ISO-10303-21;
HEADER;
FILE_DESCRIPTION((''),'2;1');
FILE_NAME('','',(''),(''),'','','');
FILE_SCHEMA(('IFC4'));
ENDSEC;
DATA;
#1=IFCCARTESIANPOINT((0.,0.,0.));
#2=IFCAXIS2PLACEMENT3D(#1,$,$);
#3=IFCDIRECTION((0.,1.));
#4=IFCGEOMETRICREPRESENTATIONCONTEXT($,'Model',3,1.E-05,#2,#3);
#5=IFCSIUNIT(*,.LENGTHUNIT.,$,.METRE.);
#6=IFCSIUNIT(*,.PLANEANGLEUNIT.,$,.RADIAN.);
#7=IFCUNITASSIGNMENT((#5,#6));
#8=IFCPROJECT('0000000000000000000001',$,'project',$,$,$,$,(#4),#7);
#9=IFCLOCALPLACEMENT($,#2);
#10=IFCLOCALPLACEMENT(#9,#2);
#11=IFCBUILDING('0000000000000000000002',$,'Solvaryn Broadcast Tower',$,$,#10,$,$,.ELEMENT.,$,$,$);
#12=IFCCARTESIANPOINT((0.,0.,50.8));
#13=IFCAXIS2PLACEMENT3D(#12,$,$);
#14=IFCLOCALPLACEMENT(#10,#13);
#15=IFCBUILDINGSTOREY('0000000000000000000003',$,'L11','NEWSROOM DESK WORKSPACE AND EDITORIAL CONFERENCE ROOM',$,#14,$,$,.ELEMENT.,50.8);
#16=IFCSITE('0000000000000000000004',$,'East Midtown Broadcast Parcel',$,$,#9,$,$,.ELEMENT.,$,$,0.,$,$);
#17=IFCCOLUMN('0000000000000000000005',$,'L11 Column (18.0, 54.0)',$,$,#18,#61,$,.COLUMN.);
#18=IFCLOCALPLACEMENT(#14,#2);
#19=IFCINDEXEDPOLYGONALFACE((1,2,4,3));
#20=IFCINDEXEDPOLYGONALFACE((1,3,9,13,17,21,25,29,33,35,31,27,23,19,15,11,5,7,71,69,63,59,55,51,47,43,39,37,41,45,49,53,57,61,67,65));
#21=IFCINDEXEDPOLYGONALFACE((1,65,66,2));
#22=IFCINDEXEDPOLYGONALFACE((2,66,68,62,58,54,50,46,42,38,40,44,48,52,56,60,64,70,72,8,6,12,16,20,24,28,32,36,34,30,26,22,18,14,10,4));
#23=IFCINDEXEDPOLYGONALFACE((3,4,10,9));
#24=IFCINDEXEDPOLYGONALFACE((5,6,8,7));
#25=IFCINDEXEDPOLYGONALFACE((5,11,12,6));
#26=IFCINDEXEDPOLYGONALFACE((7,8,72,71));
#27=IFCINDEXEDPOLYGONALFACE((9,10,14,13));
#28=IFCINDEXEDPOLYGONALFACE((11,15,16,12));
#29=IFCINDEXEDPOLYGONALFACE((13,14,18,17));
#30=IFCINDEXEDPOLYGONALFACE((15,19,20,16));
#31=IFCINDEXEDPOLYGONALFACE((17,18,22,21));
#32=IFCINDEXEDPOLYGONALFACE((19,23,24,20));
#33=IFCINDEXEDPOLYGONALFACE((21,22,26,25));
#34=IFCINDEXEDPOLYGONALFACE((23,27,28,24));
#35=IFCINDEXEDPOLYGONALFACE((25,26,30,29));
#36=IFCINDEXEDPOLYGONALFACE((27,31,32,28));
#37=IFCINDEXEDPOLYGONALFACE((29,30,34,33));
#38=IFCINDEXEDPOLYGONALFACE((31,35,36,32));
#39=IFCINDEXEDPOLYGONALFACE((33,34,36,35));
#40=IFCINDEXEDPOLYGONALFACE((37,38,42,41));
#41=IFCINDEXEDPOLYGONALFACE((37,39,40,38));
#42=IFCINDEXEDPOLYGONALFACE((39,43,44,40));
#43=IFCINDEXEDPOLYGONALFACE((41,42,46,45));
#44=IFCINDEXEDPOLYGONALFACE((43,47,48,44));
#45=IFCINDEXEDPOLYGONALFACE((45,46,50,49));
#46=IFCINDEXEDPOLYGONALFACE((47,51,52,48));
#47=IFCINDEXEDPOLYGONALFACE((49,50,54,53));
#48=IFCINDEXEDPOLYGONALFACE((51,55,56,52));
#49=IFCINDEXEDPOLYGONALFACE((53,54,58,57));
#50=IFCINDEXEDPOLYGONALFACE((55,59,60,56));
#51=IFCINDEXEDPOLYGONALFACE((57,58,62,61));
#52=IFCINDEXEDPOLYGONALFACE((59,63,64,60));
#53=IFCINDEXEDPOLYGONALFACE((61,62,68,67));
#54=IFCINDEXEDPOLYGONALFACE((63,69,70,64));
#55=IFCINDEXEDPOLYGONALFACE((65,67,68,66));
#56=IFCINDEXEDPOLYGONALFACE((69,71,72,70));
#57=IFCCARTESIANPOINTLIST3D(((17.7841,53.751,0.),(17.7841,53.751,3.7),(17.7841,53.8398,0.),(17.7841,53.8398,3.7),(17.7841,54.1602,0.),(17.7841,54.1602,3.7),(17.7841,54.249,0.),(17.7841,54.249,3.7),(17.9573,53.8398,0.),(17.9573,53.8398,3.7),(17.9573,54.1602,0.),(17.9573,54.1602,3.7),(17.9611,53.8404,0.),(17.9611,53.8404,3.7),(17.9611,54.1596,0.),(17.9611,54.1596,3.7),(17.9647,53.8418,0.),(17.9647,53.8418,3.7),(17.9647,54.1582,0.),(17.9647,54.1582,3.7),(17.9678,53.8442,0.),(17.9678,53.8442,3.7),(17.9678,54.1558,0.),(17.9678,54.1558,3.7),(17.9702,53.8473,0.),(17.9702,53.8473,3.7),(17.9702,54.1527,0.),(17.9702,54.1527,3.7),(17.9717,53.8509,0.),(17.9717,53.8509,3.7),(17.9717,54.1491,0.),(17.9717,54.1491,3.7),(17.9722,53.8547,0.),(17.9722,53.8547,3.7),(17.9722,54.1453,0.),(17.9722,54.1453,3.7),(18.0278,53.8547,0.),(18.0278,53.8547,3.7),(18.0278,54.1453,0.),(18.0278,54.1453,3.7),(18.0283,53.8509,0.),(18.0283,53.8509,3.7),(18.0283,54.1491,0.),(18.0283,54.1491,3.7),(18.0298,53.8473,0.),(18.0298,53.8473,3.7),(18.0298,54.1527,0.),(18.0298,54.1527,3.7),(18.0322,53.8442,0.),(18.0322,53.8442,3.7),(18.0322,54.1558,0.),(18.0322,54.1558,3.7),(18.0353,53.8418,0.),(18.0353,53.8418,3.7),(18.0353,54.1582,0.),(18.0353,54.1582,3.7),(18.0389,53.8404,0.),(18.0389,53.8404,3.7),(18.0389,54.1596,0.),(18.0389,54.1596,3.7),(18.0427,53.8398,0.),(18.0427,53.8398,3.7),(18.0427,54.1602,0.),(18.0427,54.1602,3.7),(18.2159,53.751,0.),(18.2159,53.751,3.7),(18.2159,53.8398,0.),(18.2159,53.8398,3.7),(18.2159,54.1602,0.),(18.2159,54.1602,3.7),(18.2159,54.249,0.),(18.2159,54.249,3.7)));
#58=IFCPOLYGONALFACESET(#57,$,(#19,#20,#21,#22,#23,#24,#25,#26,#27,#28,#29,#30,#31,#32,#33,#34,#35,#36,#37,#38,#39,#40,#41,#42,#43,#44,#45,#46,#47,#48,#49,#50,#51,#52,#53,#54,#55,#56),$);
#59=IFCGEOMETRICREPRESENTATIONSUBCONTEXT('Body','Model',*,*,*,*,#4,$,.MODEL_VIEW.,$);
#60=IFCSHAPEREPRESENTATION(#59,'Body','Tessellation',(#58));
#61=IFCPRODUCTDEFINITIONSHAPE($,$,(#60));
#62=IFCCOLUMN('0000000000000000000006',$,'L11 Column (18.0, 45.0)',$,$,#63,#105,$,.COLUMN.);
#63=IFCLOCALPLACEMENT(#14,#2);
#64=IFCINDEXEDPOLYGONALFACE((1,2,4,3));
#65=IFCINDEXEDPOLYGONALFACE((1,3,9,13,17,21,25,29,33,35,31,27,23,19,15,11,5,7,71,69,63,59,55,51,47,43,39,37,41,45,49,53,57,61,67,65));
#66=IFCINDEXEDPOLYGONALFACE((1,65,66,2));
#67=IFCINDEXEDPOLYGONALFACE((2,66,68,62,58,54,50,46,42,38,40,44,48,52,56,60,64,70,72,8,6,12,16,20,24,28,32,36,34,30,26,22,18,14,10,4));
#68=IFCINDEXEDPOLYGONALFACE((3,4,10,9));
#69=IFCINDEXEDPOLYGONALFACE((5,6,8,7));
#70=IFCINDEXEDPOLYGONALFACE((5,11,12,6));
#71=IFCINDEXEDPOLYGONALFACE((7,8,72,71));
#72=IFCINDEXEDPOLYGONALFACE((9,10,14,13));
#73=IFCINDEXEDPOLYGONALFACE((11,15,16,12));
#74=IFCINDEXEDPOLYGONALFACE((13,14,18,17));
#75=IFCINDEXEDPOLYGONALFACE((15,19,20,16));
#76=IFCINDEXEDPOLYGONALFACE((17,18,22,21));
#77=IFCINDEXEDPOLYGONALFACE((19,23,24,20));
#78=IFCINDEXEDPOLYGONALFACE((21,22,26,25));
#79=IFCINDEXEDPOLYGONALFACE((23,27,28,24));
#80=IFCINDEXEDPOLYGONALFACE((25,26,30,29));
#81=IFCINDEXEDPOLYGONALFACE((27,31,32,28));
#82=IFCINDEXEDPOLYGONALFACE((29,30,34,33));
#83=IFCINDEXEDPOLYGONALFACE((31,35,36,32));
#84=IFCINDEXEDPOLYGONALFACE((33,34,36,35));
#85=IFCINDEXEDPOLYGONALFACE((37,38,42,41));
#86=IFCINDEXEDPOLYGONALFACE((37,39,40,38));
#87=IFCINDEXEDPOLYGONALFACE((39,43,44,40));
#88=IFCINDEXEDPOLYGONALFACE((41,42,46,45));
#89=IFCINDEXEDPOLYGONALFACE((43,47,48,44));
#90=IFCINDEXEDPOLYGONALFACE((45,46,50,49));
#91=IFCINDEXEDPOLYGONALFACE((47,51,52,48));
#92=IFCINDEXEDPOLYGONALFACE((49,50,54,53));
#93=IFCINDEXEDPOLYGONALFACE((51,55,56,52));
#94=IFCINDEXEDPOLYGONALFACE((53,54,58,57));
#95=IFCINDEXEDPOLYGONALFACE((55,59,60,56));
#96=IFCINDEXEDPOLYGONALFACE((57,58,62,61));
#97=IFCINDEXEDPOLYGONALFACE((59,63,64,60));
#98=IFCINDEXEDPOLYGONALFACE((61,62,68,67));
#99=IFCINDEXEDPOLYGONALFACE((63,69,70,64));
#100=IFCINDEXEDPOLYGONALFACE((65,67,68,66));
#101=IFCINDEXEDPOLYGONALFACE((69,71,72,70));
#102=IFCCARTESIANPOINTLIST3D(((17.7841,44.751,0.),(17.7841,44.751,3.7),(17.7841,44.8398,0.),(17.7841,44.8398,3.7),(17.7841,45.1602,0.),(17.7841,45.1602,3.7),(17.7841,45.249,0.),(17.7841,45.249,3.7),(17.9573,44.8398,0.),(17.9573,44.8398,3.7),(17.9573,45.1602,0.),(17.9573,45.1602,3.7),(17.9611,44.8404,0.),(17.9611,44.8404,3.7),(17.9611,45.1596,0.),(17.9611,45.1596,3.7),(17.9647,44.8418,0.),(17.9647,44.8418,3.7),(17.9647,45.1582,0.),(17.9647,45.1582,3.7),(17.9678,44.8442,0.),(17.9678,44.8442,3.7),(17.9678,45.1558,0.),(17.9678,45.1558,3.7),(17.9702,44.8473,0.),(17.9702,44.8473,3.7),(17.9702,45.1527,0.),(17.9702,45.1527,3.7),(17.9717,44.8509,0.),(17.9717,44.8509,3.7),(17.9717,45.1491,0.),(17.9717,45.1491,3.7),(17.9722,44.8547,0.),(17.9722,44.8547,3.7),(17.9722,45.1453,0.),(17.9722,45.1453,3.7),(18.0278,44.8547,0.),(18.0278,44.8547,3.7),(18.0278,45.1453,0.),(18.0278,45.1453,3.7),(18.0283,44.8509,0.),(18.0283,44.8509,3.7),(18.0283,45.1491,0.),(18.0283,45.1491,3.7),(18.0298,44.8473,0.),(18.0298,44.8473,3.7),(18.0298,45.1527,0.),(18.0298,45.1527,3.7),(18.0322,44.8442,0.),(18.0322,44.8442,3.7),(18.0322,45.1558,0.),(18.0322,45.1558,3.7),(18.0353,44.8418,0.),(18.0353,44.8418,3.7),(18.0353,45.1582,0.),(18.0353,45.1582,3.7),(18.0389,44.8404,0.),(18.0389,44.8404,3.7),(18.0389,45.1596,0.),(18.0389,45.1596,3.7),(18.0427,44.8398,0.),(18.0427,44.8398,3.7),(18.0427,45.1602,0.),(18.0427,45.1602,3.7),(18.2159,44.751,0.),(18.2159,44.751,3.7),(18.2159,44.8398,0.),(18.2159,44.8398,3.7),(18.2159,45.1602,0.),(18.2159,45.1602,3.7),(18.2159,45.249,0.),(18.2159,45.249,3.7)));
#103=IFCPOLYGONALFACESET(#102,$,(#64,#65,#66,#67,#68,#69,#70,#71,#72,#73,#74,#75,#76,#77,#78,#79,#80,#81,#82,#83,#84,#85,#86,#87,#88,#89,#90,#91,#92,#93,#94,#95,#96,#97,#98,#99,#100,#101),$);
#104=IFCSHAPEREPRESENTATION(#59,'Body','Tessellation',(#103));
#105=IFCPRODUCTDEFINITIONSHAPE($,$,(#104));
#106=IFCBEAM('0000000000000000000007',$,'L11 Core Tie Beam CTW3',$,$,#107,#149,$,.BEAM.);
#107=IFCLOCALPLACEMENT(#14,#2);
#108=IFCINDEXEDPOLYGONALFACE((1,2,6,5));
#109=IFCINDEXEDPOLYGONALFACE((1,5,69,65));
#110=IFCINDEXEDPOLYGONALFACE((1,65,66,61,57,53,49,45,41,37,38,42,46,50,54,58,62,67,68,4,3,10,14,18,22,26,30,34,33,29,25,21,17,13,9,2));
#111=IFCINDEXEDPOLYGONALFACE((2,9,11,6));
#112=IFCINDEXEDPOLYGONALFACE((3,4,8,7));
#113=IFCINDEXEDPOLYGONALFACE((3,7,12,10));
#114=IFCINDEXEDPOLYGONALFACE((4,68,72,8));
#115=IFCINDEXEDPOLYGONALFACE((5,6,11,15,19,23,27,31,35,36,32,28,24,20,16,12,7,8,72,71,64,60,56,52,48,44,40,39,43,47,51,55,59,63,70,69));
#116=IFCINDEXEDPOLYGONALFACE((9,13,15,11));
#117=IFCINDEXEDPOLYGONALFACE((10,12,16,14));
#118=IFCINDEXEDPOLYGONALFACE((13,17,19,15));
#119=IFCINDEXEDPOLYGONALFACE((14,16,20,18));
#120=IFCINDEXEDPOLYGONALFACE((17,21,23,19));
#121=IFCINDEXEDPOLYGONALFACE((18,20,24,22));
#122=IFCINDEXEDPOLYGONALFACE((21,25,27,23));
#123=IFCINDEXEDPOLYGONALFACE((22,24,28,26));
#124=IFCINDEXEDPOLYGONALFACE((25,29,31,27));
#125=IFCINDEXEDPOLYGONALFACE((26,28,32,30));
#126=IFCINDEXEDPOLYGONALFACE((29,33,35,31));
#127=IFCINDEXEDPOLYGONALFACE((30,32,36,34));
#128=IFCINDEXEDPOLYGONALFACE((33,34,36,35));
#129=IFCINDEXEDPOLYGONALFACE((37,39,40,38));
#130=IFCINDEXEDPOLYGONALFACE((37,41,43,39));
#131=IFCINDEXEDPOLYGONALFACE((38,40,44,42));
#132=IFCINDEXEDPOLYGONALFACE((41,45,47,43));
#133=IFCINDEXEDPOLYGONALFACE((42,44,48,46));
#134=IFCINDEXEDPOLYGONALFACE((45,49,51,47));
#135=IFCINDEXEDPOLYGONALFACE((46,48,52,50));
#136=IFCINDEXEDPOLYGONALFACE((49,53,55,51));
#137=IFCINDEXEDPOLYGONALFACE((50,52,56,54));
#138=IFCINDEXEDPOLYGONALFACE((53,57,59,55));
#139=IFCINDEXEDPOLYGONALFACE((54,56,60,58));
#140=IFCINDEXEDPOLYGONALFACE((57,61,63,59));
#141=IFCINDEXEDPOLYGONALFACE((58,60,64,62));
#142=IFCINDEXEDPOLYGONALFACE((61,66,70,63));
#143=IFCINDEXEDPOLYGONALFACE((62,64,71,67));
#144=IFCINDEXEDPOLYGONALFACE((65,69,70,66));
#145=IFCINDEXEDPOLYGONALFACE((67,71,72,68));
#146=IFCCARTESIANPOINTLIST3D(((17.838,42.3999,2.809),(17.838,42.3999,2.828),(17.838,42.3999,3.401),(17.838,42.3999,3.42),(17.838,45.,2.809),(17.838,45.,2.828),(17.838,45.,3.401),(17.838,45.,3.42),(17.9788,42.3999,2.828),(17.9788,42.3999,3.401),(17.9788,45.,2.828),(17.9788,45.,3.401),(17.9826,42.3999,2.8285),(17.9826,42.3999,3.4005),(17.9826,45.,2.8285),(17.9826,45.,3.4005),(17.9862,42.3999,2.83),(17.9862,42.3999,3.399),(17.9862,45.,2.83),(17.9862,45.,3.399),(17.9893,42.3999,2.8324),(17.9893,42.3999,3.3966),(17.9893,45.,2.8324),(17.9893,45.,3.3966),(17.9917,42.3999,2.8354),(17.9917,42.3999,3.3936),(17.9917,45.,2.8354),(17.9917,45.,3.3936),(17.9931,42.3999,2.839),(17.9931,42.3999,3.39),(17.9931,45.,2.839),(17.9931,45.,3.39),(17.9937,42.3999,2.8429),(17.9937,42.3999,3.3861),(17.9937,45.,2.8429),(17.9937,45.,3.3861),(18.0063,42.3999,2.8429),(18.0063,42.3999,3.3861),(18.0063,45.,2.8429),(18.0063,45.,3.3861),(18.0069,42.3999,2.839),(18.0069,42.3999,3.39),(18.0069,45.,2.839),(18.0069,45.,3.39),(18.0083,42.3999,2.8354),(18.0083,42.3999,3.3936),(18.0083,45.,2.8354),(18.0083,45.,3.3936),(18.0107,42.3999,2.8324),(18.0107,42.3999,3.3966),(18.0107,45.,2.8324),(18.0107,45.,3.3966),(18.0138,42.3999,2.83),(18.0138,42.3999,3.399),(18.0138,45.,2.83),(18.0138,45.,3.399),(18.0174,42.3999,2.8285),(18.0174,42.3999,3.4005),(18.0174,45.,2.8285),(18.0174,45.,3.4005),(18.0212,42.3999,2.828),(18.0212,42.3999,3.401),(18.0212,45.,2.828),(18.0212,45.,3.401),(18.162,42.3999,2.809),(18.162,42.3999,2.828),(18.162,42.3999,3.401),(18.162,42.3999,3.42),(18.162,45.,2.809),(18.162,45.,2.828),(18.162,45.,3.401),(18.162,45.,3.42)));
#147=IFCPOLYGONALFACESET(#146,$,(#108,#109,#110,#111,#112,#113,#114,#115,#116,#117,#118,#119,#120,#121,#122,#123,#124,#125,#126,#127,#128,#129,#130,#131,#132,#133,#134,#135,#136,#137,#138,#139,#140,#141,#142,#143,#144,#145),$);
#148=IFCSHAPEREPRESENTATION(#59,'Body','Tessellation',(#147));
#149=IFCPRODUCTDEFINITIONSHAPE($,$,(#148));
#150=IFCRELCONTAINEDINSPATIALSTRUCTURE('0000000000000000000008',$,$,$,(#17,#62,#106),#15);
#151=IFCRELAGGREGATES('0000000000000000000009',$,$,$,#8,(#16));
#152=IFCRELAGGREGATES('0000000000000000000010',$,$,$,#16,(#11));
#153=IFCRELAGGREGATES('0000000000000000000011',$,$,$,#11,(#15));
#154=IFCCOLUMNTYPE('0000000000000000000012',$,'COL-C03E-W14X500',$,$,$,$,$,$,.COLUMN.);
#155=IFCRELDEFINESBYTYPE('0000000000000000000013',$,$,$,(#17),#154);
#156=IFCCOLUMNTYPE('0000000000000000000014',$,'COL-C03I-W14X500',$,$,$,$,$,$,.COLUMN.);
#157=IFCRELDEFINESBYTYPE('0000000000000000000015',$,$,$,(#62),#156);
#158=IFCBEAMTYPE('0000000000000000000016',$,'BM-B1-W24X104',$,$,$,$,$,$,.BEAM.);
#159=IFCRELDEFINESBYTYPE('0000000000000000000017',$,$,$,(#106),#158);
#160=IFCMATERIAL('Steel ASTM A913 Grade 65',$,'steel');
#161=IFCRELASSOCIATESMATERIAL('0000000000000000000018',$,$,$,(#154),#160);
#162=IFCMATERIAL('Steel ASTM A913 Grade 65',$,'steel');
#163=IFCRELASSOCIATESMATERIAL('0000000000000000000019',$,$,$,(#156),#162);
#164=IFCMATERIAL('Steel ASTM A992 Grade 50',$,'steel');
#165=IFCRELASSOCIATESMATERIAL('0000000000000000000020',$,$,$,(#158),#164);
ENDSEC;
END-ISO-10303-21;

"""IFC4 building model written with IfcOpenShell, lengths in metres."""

from ifc_helpers import new_model, si_unit, direction, frame, origin, origin_2d, place, context, subcontext, project, spatial, i_section, extrude, material, material_profile, profile_set, type_object, element, save


model = new_model("IFC4")

# Units and contexts
model_context = context("Model", 3, precision=1e-05, world=origin(), true_north=direction((0.0, 1.0)))
body_context = subcontext(model_context, "Body", "Model", "MODEL_VIEW")
ifc_project = project(units=[si_unit("LENGTHUNIT", "METRE"), si_unit("PLANEANGLEUNIT", "RADIAN")], contexts=[model_context])

# Site, building, storey
site_placement = place(None, origin())
site = spatial("IfcSite", under=ifc_project, at=site_placement, Name="East Midtown Broadcast Parcel", CompositionType="ELEMENT", RefElevation=0.0)
building_placement = place(site_placement, origin())
building = spatial("IfcBuilding", under=site, at=building_placement, Name="Solvaryn Broadcast Tower", CompositionType="ELEMENT")
storey_placement = place(building_placement, frame((0.0, 0.0, 50.8)))
storey = spatial("IfcBuildingStorey", under=building, at=storey_placement, Name="L11", Description="NEWSROOM DESK WORKSPACE AND EDITORIAL CONFERENCE ROOM", CompositionType="ELEMENT", Elevation=50.8)

# Columns
ifc_material_1 = material(Name="Steel ASTM A913 Grade 65", Category="steel")
ifc_material_profile_1 = material_profile(ifc_material_1, i_section(OverallWidth=0.4319, OverallDepth=0.498, WebThickness=0.0557, FlangeThickness=0.0889, FilletRadius=0.0149, at=origin_2d()))
ifc_profile_set_1 = profile_set([ifc_material_profile_1], Name="Steel ASTM A913 Grade 65")
column_type_1 = type_object("IfcColumnType", Name="COL-C03E-W14X500", PredefinedType="COLUMN", material=ifc_profile_set_1)
column_1_placement = place(storey_placement, frame((18.0, 54.0, 0.0), z_axis=(0.0, 0.0, 1.0), x_axis=(1.0, 0.0, 0.0)))
element("IfcColumn", 1, at=column_1_placement, inside=storey, type_object=column_type_1, Name="L11 Column (18.0, 54.0)", PredefinedType="COLUMN", context=body_context, shape_type="SweptSolid", body=[
    extrude(i_section(OverallWidth=0.4319, OverallDepth=0.498, WebThickness=0.0557, FlangeThickness=0.0889, FilletRadius=0.0149, at=origin_2d()), origin(), (0.0, 0.0, 1.0), 3.7),
])
ifc_material_2 = material(Name="Steel ASTM A913 Grade 65", Category="steel")
ifc_material_profile_2 = material_profile(ifc_material_2, i_section(OverallWidth=0.4319, OverallDepth=0.498, WebThickness=0.0557, FlangeThickness=0.0889, FilletRadius=0.0149, at=origin_2d()))
ifc_profile_set_2 = profile_set([ifc_material_profile_2], Name="Steel ASTM A913 Grade 65")
column_type_2 = type_object("IfcColumnType", Name="COL-C03I-W14X500", PredefinedType="COLUMN", material=ifc_profile_set_2)
column_2_placement = place(storey_placement, frame((18.0, 45.0, 0.0), z_axis=(0.0, 0.0, 1.0), x_axis=(1.0, 0.0, 0.0)))
element("IfcColumn", 2, at=column_2_placement, inside=storey, type_object=column_type_2, Name="L11 Column (18.0, 45.0)", PredefinedType="COLUMN", context=body_context, shape_type="SweptSolid", body=[
    extrude(i_section(OverallWidth=0.4319, OverallDepth=0.498, WebThickness=0.0557, FlangeThickness=0.0889, FilletRadius=0.0149, at=origin_2d()), origin(), (0.0, 0.0, 1.0), 3.7),
])

# Beam
ifc_material_3 = material(Name="Steel ASTM A992 Grade 50", Category="steel")
ifc_material_profile_3 = material_profile(ifc_material_3, i_section(OverallWidth=0.324, OverallDepth=0.6111, WebThickness=0.0127, FlangeThickness=0.019, FilletRadius=0.0149, at=origin_2d()))
ifc_profile_set_3 = profile_set([ifc_material_profile_3], Name="Steel ASTM A992 Grade 50")
beam_type_1 = type_object("IfcBeamType", Name="BM-B1-W24X104", PredefinedType="BEAM", material=ifc_profile_set_3)
beam_1_placement = place(storey_placement, frame((18.0, 42.3999, 3.1145), z_axis=(0.0, 1.0, 0.0), x_axis=(-1.0, 0.0, 0.0)))
element("IfcBeam", 3, at=beam_1_placement, inside=storey, type_object=beam_type_1, Name="L11 Core Tie Beam CTW3", PredefinedType="BEAM", context=body_context, shape_type="SweptSolid", body=[
    extrude(i_section(OverallWidth=0.324, OverallDepth=0.6111, WebThickness=0.0127, FlangeThickness=0.019, FilletRadius=0.0149, at=origin_2d()), origin(), (0.0, 0.0, 1.0), 2.6001),
])

save(model, "model.ifc")
